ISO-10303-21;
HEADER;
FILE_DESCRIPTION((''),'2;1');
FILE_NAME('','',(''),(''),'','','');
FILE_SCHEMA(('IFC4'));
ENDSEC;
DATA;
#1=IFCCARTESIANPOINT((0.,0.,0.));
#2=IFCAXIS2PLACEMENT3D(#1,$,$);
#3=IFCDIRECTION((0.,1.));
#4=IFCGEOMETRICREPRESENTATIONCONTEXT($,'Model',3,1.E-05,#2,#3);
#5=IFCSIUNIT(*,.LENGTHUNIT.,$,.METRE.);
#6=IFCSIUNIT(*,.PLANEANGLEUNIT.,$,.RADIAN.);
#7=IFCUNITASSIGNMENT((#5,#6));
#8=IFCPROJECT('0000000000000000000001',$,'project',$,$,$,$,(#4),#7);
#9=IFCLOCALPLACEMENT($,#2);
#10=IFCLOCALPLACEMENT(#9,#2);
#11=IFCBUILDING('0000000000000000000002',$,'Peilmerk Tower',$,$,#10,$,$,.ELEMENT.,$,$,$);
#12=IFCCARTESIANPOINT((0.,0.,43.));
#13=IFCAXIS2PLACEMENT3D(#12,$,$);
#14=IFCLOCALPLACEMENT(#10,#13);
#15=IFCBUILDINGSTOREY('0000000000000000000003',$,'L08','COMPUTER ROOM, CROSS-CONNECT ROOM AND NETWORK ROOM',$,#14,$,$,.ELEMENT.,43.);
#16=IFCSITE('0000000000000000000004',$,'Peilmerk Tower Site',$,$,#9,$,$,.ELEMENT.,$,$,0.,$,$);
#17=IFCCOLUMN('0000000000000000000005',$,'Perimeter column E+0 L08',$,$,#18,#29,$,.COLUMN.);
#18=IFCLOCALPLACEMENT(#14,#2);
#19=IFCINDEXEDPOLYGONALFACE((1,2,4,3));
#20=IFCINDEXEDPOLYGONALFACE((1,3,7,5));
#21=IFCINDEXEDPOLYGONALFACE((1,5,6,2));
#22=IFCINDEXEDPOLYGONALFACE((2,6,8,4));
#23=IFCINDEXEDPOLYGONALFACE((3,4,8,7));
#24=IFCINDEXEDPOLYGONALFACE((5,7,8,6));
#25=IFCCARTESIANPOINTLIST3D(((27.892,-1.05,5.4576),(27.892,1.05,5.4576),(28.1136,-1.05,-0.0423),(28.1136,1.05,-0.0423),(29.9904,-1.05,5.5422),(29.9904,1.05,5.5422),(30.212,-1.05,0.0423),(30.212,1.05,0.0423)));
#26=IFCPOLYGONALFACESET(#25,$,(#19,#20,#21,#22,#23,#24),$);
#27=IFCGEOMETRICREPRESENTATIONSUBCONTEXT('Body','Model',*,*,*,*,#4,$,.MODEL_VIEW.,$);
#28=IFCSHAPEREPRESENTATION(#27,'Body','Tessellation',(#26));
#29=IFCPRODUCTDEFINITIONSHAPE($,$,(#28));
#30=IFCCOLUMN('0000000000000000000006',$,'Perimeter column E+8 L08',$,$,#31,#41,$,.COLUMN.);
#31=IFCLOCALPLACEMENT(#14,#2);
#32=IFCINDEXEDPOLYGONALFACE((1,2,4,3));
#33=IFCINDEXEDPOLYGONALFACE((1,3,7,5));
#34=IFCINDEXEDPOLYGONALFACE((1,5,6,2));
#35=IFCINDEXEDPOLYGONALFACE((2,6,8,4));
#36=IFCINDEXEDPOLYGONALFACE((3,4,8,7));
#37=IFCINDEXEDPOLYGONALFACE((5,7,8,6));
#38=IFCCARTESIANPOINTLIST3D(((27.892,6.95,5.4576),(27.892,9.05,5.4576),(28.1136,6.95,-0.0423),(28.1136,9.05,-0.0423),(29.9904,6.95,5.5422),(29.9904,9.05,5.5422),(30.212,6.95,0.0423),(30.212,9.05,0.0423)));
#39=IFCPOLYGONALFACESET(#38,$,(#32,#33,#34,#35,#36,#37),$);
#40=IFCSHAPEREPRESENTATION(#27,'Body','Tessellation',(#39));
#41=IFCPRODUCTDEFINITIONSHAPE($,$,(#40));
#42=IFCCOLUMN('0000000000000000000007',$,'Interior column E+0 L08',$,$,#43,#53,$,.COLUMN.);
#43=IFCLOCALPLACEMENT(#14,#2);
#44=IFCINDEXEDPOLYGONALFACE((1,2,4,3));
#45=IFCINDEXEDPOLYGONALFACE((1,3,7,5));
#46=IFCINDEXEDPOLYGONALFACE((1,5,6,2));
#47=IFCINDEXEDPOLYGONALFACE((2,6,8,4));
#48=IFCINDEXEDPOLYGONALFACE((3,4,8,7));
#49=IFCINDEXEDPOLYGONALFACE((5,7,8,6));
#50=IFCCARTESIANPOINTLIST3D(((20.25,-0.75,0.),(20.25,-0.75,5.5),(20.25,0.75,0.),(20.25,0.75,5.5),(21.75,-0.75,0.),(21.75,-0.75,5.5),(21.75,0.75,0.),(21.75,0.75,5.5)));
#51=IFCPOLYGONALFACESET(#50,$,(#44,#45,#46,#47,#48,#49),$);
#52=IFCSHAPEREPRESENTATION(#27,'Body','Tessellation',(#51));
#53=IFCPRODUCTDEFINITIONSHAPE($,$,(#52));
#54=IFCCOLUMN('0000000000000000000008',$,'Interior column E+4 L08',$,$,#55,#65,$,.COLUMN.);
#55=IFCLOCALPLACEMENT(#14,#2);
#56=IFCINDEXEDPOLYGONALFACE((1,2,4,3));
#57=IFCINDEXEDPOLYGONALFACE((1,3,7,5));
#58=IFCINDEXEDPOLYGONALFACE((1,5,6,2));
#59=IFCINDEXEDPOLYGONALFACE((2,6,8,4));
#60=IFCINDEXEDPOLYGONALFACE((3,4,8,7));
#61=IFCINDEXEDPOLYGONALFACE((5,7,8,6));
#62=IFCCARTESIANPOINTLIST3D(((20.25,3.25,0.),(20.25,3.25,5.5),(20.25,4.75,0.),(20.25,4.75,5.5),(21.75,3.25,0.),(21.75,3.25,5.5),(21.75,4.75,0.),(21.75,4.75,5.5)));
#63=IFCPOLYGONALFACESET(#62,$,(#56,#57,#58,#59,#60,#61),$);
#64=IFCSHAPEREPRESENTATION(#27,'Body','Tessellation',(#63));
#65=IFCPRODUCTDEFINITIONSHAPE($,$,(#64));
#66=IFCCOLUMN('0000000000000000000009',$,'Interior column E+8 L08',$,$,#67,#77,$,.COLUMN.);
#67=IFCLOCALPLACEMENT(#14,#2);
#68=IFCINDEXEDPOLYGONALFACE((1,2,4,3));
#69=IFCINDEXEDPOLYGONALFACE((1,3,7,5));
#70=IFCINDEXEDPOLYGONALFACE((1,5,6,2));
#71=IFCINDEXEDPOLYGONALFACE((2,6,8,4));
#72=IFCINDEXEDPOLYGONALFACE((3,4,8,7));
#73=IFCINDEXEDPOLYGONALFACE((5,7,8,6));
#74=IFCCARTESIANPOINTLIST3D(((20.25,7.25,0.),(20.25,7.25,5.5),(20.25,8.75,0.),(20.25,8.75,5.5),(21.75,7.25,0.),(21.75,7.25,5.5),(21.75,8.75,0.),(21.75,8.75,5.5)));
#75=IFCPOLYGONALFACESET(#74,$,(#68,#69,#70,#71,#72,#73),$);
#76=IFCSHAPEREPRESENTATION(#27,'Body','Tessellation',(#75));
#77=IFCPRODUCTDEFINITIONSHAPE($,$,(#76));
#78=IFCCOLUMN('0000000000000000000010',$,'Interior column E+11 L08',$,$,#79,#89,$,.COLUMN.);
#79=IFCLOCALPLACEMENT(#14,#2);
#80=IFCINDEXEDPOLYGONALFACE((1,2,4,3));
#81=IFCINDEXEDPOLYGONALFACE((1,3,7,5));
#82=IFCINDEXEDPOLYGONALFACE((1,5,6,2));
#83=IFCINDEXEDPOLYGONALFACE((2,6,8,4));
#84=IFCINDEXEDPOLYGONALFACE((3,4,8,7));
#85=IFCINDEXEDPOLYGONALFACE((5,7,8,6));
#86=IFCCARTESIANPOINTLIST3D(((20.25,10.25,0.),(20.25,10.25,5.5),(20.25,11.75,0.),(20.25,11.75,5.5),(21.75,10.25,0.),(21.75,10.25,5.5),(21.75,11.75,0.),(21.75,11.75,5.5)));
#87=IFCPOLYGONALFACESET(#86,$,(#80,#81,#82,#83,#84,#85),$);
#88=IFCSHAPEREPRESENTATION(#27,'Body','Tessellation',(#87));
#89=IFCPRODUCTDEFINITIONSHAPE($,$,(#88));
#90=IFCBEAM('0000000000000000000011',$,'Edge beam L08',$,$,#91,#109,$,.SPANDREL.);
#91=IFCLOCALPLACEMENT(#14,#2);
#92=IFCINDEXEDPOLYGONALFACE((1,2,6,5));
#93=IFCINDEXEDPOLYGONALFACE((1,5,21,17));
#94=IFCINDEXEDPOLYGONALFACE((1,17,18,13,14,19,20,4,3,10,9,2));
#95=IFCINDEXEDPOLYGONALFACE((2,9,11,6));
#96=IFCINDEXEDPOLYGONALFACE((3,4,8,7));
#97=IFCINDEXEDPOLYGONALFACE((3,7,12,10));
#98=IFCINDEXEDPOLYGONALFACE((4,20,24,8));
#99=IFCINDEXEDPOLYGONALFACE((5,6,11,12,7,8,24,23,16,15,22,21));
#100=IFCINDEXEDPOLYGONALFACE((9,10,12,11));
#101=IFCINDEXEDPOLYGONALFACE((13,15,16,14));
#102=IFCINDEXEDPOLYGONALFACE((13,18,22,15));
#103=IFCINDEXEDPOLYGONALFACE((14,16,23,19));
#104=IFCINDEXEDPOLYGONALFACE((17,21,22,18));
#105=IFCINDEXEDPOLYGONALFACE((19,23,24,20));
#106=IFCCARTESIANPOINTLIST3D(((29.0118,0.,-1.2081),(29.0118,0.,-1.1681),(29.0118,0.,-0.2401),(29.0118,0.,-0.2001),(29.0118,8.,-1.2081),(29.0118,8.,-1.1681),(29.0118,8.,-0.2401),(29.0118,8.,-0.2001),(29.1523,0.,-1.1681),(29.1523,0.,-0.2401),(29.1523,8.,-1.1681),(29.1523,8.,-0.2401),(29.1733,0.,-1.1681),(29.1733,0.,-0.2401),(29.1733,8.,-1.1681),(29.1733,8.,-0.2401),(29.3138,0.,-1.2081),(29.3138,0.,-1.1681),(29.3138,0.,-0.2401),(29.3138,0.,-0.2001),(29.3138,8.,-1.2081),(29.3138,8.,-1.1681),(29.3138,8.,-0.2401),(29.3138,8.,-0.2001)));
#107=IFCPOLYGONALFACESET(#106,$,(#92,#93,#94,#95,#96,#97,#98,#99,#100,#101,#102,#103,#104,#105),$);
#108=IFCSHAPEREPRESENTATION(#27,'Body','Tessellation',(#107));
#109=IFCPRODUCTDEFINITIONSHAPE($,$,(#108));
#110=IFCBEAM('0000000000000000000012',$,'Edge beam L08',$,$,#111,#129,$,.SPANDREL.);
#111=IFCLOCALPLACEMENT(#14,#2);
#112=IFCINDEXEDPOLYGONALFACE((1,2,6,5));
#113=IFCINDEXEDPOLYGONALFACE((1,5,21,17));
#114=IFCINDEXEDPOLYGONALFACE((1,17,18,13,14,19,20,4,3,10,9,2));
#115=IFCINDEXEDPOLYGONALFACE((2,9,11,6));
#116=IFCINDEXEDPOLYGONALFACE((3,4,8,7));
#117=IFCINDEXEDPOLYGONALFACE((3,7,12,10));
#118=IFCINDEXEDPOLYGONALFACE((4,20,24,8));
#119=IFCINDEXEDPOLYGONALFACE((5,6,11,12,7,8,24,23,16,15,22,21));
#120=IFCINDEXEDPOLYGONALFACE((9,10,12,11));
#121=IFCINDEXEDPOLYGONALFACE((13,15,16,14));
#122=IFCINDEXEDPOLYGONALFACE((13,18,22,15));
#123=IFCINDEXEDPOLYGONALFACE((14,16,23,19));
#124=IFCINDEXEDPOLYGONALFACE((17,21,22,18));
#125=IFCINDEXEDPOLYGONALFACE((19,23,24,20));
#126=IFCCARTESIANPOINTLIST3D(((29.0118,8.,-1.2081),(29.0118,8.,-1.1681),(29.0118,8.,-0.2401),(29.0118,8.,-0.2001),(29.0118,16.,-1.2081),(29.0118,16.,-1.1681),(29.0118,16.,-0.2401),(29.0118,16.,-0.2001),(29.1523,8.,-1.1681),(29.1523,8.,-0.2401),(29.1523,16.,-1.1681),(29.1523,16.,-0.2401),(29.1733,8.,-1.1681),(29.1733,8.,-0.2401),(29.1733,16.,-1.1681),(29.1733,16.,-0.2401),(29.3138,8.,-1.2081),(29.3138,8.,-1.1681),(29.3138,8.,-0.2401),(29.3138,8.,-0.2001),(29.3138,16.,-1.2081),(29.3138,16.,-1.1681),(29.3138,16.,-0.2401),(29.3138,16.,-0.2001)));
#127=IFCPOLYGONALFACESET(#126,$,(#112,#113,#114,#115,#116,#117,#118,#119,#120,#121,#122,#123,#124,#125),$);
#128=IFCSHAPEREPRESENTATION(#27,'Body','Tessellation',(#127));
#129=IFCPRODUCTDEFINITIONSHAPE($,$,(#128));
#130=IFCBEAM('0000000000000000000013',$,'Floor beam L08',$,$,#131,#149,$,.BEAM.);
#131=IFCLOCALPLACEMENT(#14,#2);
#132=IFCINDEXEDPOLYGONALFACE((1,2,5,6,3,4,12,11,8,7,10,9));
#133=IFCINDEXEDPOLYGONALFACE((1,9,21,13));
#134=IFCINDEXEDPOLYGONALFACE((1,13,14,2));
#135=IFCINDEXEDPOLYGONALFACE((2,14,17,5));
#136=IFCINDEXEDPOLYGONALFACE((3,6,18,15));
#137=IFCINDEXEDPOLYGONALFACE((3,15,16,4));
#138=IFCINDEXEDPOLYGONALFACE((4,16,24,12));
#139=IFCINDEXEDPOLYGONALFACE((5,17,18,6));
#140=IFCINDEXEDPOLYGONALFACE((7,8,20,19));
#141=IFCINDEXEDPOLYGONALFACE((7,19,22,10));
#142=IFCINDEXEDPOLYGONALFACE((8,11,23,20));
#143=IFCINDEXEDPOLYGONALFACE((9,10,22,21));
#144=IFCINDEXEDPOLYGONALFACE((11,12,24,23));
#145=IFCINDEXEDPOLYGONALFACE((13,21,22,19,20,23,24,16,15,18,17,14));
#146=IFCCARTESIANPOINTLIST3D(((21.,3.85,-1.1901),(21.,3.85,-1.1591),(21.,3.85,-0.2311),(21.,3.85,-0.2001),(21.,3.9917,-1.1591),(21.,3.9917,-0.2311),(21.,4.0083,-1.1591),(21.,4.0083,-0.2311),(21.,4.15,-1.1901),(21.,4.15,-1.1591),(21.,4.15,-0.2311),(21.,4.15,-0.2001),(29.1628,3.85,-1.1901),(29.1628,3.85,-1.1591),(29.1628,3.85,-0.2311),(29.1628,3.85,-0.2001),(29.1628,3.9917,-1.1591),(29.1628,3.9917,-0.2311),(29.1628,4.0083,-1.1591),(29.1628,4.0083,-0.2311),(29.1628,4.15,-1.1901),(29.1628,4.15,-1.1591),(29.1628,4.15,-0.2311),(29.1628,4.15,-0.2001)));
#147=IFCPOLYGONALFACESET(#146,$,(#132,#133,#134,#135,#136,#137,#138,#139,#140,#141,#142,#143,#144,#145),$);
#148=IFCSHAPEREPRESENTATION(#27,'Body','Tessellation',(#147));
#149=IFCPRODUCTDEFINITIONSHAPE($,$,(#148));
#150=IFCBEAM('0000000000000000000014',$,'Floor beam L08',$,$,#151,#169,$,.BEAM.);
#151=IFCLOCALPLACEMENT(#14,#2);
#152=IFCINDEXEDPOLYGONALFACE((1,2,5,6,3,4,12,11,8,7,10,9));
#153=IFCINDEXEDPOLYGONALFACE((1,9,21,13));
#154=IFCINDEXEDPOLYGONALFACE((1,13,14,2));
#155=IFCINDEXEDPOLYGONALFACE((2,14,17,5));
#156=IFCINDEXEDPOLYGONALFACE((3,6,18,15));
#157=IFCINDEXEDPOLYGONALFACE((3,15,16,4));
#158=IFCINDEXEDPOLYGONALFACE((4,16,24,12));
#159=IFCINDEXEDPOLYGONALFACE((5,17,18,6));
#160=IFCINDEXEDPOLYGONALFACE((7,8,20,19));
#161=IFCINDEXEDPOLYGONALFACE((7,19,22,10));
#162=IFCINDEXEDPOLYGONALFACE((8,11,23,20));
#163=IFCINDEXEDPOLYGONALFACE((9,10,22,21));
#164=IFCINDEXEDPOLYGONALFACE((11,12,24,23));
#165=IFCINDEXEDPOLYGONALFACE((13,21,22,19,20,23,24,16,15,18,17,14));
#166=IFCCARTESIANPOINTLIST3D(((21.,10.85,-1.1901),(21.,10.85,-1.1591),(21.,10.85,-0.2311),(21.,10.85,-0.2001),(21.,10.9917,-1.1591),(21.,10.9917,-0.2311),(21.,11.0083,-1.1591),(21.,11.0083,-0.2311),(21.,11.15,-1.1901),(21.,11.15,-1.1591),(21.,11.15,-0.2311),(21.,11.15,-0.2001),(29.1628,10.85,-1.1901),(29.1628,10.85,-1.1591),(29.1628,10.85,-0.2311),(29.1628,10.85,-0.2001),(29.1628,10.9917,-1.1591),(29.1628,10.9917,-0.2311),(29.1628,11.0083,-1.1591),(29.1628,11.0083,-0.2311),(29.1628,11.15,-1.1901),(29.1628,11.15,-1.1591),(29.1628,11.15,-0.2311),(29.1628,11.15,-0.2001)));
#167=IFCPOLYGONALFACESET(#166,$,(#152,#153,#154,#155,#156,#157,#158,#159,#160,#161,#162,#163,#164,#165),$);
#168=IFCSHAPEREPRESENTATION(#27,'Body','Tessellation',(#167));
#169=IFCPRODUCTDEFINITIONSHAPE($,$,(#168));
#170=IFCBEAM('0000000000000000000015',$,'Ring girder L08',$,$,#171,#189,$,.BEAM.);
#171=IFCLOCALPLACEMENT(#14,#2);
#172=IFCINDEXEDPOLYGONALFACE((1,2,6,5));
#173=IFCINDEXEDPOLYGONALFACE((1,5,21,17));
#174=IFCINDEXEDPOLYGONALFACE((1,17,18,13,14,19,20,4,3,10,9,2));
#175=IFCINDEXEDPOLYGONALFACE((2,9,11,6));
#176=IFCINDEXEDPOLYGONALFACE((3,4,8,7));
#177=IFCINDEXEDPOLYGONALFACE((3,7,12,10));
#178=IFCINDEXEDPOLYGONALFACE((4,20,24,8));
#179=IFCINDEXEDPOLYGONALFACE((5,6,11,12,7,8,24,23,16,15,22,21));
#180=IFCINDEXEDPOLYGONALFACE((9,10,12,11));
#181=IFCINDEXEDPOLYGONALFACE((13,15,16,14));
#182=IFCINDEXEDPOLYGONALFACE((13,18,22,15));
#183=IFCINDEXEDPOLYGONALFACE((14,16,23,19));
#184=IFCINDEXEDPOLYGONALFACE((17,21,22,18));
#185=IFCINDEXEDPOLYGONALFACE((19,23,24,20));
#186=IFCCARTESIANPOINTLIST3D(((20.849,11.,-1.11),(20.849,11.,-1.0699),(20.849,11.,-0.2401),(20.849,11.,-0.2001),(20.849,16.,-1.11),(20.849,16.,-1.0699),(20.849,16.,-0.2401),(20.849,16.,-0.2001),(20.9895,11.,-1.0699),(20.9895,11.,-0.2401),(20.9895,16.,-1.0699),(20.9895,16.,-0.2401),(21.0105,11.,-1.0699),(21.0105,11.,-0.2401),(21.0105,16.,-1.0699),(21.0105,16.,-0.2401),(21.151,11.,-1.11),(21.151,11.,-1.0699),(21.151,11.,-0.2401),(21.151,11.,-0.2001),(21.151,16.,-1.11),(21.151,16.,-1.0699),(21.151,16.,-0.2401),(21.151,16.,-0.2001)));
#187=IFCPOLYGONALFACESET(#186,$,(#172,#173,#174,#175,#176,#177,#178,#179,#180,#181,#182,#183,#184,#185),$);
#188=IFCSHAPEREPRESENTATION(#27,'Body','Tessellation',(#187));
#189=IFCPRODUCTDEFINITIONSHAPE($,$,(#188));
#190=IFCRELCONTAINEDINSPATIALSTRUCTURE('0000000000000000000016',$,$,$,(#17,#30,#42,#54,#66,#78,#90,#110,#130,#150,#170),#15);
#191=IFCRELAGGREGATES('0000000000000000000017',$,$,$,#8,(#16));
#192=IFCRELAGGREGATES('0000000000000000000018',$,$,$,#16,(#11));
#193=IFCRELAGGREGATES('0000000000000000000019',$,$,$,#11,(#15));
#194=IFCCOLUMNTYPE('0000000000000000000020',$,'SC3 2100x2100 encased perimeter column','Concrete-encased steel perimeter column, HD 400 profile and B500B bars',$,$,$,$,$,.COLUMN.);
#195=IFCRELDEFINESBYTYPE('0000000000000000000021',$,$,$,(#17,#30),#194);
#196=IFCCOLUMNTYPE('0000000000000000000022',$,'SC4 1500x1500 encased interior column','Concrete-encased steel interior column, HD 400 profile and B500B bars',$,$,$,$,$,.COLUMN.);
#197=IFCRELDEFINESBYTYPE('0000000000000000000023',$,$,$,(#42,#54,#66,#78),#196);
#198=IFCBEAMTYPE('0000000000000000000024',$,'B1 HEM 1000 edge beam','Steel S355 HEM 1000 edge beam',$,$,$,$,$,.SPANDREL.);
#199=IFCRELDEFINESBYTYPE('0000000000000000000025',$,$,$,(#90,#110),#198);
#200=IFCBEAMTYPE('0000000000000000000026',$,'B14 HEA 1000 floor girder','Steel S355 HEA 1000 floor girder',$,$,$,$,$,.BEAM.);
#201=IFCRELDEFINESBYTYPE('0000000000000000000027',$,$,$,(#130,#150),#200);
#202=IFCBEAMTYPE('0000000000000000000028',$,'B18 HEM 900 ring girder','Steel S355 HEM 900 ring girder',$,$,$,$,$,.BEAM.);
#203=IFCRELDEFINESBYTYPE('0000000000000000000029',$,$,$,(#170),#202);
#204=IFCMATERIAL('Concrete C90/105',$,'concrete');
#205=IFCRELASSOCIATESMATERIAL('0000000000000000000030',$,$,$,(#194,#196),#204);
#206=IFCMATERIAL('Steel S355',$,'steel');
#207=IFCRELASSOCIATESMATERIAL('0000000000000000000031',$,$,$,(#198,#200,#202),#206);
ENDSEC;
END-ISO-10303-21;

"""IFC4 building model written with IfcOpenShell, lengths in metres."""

from ifc_helpers import new_model, si_unit, direction, frame, origin, origin_2d, place, context, subcontext, project, spatial, rectangle, i_section, extrude, material, material_profile, profile_set, type_object, element, save


model = new_model("IFC4")

# Units and contexts
model_context = context("Model", 3, precision=1e-05, world=origin(), true_north=direction((0.0, 1.0)))
body_context = subcontext(model_context, "Body", "Model", "MODEL_VIEW")
ifc_project = project(units=[si_unit("LENGTHUNIT", "METRE"), si_unit("PLANEANGLEUNIT", "RADIAN")], contexts=[model_context])

# Site, building, storey
site_placement = place(None, origin())
site = spatial("IfcSite", under=ifc_project, at=site_placement, Name="Peilmerk Tower Site", CompositionType="ELEMENT", RefElevation=0.0)
building_placement = place(site_placement, origin())
building = spatial("IfcBuilding", under=site, at=building_placement, Name="Peilmerk Tower", CompositionType="ELEMENT")
storey_placement = place(building_placement, frame((0.0, 0.0, 43.0)))
storey = spatial("IfcBuildingStorey", under=building, at=storey_placement, Name="L08", Description="COMPUTER ROOM, CROSS-CONNECT ROOM AND NETWORK ROOM", CompositionType="ELEMENT", Elevation=43.0)

# Columns
ifc_material_1 = material(Name="Concrete C90/105", Category="concrete")
ifc_material_profile_1 = material_profile(ifc_material_1, rectangle(XDim=2.1001, YDim=2.1001, at=origin_2d()), Name="RC 2100x2100")
ifc_profile_set_1 = profile_set([ifc_material_profile_1], Name="Concrete C90/105")
column_type_1 = type_object("IfcColumnType", Name="SC3 2100x2100 encased perimeter column", Description="Concrete-encased steel perimeter column, HD 400 profile and B500B bars", PredefinedType="COLUMN", material=ifc_profile_set_1)
for number, where, z_axis, x_axis, name in (
    (1, (29.1628, 0.0, 0.0), (-0.040273, 0.0, 0.999189), (0.0, -1.0, 0.0), "Perimeter column E+0 L08"),
    (2, (29.1628, 8.0, 0.0), (-0.040273, 0.0, 0.999189), (0.0, -1.0, 0.0), "Perimeter column E+8 L08"),
):
    element("IfcColumn", number, at=place(storey_placement, frame(where, z_axis=z_axis, x_axis=x_axis)), inside=storey, type_object=column_type_1, Name=name, PredefinedType="COLUMN", context=body_context, shape_type="SweptSolid", body=[
        extrude(rectangle(XDim=2.1001, YDim=2.1001, at=origin_2d()), origin(), (0.0, 0.0, 1.0), 5.5044),
    ])
ifc_material_profile_2 = material_profile(ifc_material_1, rectangle(XDim=1.5, YDim=1.5, at=origin_2d()), Name="RC 1500x1500")
ifc_profile_set_2 = profile_set([ifc_material_profile_2], Name="Concrete C90/105")
column_type_2 = type_object("IfcColumnType", Name="SC4 1500x1500 encased interior column", Description="Concrete-encased steel interior column, HD 400 profile and B500B bars", PredefinedType="COLUMN", material=ifc_profile_set_2)
for number, where, z_axis, x_axis, name in (
    (3, (21.0, 0.0, 0.0), (0.0, 0.0, 1.0), (1.0, 0.0, 0.0), "Interior column E+0 L08"),
    (4, (21.0, 4.0, 0.0), (0.0, 0.0, 1.0), (1.0, 0.0, 0.0), "Interior column E+4 L08"),
    (5, (21.0, 8.0, 0.0), (0.0, 0.0, 1.0), (1.0, 0.0, 0.0), "Interior column E+8 L08"),
    (6, (21.0, 11.0, 0.0), (0.0, 0.0, 1.0), (1.0, 0.0, 0.0), "Interior column E+11 L08"),
):
    element("IfcColumn", number, at=place(storey_placement, frame(where, z_axis=z_axis, x_axis=x_axis)), inside=storey, type_object=column_type_2, Name=name, PredefinedType="COLUMN", context=body_context, shape_type="SweptSolid", body=[
        extrude(rectangle(XDim=1.5, YDim=1.5, at=origin_2d()), origin(), (0.0, 0.0, 1.0), 5.5),
    ])

# Beams
ifc_material_2 = material(Name="Steel S355", Category="steel")
ifc_material_profile_3 = material_profile(ifc_material_2, i_section(OverallWidth=0.302, OverallDepth=1.0081, WebThickness=0.021, FlangeThickness=0.04, at=origin_2d()), Name="HEM 1000")
ifc_profile_set_3 = profile_set([ifc_material_profile_3], Name="Steel S355")
beam_type_1 = type_object("IfcBeamType", Name="B1 HEM 1000 edge beam", Description="Steel S355 HEM 1000 edge beam", PredefinedType="SPANDREL", material=ifc_profile_set_3)
for number, where, z_axis, x_axis, name in (
    (7, (29.1628, 0.0, -0.7041), (0.0, 1.0, 0.0), (-1.0, 0.0, 0.0), "Edge beam L08"),
    (8, (29.1628, 8.0, -0.7041), (0.0, 1.0, 0.0), (-1.0, 0.0, 0.0), "Edge beam L08"),
):
    element("IfcBeam", number, at=place(storey_placement, frame(where, z_axis=z_axis, x_axis=x_axis)), inside=storey, type_object=beam_type_1, Name=name, PredefinedType="SPANDREL", context=body_context, shape_type="SweptSolid", body=[
        extrude(i_section(OverallWidth=0.302, OverallDepth=1.0081, WebThickness=0.021, FlangeThickness=0.04, at=origin_2d()), origin(), (0.0, 0.0, 1.0), 8.0),
    ])
ifc_material_profile_4 = material_profile(ifc_material_2, i_section(OverallWidth=0.3, OverallDepth=0.99, WebThickness=0.0166, FlangeThickness=0.031, at=origin_2d()), Name="HEA 1000")
ifc_profile_set_4 = profile_set([ifc_material_profile_4], Name="Steel S355")
beam_type_2 = type_object("IfcBeamType", Name="B14 HEA 1000 floor girder", Description="Steel S355 HEA 1000 floor girder", PredefinedType="BEAM", material=ifc_profile_set_4)
for number, where, z_axis, x_axis, name in (
    (9, (21.0, 4.0, -0.6951), (1.0, 0.0, 0.0), (0.0, 1.0, 0.0), "Floor beam L08"),
    (10, (21.0, 11.0, -0.6951), (1.0, 0.0, 0.0), (0.0, 1.0, 0.0), "Floor beam L08"),
):
    element("IfcBeam", number, at=place(storey_placement, frame(where, z_axis=z_axis, x_axis=x_axis)), inside=storey, type_object=beam_type_2, Name=name, PredefinedType="BEAM", context=body_context, shape_type="SweptSolid", body=[
        extrude(i_section(OverallWidth=0.3, OverallDepth=0.99, WebThickness=0.0166, FlangeThickness=0.031, at=origin_2d()), origin(), (0.0, 0.0, 1.0), 8.1628),
    ])
ifc_material_profile_5 = material_profile(ifc_material_2, i_section(OverallWidth=0.302, OverallDepth=0.9099, WebThickness=0.021, FlangeThickness=0.04, at=origin_2d()), Name="HEM 900")
ifc_profile_set_5 = profile_set([ifc_material_profile_5], Name="Steel S355")
beam_type_3 = type_object("IfcBeamType", Name="B18 HEM 900 ring girder", Description="Steel S355 HEM 900 ring girder", PredefinedType="BEAM", material=ifc_profile_set_5)
beam_1_placement = place(storey_placement, frame((21.0, 11.0, -0.655), z_axis=(0.0, 1.0, 0.0), x_axis=(-1.0, 0.0, 0.0)))
element("IfcBeam", 11, at=beam_1_placement, inside=storey, type_object=beam_type_3, Name="Ring girder L08", PredefinedType="BEAM", context=body_context, shape_type="SweptSolid", body=[
    extrude(i_section(OverallWidth=0.302, OverallDepth=0.9099, WebThickness=0.021, FlangeThickness=0.04, at=origin_2d()), origin(), (0.0, 0.0, 1.0), 5.0),
])

save(model, "model.ifc")
